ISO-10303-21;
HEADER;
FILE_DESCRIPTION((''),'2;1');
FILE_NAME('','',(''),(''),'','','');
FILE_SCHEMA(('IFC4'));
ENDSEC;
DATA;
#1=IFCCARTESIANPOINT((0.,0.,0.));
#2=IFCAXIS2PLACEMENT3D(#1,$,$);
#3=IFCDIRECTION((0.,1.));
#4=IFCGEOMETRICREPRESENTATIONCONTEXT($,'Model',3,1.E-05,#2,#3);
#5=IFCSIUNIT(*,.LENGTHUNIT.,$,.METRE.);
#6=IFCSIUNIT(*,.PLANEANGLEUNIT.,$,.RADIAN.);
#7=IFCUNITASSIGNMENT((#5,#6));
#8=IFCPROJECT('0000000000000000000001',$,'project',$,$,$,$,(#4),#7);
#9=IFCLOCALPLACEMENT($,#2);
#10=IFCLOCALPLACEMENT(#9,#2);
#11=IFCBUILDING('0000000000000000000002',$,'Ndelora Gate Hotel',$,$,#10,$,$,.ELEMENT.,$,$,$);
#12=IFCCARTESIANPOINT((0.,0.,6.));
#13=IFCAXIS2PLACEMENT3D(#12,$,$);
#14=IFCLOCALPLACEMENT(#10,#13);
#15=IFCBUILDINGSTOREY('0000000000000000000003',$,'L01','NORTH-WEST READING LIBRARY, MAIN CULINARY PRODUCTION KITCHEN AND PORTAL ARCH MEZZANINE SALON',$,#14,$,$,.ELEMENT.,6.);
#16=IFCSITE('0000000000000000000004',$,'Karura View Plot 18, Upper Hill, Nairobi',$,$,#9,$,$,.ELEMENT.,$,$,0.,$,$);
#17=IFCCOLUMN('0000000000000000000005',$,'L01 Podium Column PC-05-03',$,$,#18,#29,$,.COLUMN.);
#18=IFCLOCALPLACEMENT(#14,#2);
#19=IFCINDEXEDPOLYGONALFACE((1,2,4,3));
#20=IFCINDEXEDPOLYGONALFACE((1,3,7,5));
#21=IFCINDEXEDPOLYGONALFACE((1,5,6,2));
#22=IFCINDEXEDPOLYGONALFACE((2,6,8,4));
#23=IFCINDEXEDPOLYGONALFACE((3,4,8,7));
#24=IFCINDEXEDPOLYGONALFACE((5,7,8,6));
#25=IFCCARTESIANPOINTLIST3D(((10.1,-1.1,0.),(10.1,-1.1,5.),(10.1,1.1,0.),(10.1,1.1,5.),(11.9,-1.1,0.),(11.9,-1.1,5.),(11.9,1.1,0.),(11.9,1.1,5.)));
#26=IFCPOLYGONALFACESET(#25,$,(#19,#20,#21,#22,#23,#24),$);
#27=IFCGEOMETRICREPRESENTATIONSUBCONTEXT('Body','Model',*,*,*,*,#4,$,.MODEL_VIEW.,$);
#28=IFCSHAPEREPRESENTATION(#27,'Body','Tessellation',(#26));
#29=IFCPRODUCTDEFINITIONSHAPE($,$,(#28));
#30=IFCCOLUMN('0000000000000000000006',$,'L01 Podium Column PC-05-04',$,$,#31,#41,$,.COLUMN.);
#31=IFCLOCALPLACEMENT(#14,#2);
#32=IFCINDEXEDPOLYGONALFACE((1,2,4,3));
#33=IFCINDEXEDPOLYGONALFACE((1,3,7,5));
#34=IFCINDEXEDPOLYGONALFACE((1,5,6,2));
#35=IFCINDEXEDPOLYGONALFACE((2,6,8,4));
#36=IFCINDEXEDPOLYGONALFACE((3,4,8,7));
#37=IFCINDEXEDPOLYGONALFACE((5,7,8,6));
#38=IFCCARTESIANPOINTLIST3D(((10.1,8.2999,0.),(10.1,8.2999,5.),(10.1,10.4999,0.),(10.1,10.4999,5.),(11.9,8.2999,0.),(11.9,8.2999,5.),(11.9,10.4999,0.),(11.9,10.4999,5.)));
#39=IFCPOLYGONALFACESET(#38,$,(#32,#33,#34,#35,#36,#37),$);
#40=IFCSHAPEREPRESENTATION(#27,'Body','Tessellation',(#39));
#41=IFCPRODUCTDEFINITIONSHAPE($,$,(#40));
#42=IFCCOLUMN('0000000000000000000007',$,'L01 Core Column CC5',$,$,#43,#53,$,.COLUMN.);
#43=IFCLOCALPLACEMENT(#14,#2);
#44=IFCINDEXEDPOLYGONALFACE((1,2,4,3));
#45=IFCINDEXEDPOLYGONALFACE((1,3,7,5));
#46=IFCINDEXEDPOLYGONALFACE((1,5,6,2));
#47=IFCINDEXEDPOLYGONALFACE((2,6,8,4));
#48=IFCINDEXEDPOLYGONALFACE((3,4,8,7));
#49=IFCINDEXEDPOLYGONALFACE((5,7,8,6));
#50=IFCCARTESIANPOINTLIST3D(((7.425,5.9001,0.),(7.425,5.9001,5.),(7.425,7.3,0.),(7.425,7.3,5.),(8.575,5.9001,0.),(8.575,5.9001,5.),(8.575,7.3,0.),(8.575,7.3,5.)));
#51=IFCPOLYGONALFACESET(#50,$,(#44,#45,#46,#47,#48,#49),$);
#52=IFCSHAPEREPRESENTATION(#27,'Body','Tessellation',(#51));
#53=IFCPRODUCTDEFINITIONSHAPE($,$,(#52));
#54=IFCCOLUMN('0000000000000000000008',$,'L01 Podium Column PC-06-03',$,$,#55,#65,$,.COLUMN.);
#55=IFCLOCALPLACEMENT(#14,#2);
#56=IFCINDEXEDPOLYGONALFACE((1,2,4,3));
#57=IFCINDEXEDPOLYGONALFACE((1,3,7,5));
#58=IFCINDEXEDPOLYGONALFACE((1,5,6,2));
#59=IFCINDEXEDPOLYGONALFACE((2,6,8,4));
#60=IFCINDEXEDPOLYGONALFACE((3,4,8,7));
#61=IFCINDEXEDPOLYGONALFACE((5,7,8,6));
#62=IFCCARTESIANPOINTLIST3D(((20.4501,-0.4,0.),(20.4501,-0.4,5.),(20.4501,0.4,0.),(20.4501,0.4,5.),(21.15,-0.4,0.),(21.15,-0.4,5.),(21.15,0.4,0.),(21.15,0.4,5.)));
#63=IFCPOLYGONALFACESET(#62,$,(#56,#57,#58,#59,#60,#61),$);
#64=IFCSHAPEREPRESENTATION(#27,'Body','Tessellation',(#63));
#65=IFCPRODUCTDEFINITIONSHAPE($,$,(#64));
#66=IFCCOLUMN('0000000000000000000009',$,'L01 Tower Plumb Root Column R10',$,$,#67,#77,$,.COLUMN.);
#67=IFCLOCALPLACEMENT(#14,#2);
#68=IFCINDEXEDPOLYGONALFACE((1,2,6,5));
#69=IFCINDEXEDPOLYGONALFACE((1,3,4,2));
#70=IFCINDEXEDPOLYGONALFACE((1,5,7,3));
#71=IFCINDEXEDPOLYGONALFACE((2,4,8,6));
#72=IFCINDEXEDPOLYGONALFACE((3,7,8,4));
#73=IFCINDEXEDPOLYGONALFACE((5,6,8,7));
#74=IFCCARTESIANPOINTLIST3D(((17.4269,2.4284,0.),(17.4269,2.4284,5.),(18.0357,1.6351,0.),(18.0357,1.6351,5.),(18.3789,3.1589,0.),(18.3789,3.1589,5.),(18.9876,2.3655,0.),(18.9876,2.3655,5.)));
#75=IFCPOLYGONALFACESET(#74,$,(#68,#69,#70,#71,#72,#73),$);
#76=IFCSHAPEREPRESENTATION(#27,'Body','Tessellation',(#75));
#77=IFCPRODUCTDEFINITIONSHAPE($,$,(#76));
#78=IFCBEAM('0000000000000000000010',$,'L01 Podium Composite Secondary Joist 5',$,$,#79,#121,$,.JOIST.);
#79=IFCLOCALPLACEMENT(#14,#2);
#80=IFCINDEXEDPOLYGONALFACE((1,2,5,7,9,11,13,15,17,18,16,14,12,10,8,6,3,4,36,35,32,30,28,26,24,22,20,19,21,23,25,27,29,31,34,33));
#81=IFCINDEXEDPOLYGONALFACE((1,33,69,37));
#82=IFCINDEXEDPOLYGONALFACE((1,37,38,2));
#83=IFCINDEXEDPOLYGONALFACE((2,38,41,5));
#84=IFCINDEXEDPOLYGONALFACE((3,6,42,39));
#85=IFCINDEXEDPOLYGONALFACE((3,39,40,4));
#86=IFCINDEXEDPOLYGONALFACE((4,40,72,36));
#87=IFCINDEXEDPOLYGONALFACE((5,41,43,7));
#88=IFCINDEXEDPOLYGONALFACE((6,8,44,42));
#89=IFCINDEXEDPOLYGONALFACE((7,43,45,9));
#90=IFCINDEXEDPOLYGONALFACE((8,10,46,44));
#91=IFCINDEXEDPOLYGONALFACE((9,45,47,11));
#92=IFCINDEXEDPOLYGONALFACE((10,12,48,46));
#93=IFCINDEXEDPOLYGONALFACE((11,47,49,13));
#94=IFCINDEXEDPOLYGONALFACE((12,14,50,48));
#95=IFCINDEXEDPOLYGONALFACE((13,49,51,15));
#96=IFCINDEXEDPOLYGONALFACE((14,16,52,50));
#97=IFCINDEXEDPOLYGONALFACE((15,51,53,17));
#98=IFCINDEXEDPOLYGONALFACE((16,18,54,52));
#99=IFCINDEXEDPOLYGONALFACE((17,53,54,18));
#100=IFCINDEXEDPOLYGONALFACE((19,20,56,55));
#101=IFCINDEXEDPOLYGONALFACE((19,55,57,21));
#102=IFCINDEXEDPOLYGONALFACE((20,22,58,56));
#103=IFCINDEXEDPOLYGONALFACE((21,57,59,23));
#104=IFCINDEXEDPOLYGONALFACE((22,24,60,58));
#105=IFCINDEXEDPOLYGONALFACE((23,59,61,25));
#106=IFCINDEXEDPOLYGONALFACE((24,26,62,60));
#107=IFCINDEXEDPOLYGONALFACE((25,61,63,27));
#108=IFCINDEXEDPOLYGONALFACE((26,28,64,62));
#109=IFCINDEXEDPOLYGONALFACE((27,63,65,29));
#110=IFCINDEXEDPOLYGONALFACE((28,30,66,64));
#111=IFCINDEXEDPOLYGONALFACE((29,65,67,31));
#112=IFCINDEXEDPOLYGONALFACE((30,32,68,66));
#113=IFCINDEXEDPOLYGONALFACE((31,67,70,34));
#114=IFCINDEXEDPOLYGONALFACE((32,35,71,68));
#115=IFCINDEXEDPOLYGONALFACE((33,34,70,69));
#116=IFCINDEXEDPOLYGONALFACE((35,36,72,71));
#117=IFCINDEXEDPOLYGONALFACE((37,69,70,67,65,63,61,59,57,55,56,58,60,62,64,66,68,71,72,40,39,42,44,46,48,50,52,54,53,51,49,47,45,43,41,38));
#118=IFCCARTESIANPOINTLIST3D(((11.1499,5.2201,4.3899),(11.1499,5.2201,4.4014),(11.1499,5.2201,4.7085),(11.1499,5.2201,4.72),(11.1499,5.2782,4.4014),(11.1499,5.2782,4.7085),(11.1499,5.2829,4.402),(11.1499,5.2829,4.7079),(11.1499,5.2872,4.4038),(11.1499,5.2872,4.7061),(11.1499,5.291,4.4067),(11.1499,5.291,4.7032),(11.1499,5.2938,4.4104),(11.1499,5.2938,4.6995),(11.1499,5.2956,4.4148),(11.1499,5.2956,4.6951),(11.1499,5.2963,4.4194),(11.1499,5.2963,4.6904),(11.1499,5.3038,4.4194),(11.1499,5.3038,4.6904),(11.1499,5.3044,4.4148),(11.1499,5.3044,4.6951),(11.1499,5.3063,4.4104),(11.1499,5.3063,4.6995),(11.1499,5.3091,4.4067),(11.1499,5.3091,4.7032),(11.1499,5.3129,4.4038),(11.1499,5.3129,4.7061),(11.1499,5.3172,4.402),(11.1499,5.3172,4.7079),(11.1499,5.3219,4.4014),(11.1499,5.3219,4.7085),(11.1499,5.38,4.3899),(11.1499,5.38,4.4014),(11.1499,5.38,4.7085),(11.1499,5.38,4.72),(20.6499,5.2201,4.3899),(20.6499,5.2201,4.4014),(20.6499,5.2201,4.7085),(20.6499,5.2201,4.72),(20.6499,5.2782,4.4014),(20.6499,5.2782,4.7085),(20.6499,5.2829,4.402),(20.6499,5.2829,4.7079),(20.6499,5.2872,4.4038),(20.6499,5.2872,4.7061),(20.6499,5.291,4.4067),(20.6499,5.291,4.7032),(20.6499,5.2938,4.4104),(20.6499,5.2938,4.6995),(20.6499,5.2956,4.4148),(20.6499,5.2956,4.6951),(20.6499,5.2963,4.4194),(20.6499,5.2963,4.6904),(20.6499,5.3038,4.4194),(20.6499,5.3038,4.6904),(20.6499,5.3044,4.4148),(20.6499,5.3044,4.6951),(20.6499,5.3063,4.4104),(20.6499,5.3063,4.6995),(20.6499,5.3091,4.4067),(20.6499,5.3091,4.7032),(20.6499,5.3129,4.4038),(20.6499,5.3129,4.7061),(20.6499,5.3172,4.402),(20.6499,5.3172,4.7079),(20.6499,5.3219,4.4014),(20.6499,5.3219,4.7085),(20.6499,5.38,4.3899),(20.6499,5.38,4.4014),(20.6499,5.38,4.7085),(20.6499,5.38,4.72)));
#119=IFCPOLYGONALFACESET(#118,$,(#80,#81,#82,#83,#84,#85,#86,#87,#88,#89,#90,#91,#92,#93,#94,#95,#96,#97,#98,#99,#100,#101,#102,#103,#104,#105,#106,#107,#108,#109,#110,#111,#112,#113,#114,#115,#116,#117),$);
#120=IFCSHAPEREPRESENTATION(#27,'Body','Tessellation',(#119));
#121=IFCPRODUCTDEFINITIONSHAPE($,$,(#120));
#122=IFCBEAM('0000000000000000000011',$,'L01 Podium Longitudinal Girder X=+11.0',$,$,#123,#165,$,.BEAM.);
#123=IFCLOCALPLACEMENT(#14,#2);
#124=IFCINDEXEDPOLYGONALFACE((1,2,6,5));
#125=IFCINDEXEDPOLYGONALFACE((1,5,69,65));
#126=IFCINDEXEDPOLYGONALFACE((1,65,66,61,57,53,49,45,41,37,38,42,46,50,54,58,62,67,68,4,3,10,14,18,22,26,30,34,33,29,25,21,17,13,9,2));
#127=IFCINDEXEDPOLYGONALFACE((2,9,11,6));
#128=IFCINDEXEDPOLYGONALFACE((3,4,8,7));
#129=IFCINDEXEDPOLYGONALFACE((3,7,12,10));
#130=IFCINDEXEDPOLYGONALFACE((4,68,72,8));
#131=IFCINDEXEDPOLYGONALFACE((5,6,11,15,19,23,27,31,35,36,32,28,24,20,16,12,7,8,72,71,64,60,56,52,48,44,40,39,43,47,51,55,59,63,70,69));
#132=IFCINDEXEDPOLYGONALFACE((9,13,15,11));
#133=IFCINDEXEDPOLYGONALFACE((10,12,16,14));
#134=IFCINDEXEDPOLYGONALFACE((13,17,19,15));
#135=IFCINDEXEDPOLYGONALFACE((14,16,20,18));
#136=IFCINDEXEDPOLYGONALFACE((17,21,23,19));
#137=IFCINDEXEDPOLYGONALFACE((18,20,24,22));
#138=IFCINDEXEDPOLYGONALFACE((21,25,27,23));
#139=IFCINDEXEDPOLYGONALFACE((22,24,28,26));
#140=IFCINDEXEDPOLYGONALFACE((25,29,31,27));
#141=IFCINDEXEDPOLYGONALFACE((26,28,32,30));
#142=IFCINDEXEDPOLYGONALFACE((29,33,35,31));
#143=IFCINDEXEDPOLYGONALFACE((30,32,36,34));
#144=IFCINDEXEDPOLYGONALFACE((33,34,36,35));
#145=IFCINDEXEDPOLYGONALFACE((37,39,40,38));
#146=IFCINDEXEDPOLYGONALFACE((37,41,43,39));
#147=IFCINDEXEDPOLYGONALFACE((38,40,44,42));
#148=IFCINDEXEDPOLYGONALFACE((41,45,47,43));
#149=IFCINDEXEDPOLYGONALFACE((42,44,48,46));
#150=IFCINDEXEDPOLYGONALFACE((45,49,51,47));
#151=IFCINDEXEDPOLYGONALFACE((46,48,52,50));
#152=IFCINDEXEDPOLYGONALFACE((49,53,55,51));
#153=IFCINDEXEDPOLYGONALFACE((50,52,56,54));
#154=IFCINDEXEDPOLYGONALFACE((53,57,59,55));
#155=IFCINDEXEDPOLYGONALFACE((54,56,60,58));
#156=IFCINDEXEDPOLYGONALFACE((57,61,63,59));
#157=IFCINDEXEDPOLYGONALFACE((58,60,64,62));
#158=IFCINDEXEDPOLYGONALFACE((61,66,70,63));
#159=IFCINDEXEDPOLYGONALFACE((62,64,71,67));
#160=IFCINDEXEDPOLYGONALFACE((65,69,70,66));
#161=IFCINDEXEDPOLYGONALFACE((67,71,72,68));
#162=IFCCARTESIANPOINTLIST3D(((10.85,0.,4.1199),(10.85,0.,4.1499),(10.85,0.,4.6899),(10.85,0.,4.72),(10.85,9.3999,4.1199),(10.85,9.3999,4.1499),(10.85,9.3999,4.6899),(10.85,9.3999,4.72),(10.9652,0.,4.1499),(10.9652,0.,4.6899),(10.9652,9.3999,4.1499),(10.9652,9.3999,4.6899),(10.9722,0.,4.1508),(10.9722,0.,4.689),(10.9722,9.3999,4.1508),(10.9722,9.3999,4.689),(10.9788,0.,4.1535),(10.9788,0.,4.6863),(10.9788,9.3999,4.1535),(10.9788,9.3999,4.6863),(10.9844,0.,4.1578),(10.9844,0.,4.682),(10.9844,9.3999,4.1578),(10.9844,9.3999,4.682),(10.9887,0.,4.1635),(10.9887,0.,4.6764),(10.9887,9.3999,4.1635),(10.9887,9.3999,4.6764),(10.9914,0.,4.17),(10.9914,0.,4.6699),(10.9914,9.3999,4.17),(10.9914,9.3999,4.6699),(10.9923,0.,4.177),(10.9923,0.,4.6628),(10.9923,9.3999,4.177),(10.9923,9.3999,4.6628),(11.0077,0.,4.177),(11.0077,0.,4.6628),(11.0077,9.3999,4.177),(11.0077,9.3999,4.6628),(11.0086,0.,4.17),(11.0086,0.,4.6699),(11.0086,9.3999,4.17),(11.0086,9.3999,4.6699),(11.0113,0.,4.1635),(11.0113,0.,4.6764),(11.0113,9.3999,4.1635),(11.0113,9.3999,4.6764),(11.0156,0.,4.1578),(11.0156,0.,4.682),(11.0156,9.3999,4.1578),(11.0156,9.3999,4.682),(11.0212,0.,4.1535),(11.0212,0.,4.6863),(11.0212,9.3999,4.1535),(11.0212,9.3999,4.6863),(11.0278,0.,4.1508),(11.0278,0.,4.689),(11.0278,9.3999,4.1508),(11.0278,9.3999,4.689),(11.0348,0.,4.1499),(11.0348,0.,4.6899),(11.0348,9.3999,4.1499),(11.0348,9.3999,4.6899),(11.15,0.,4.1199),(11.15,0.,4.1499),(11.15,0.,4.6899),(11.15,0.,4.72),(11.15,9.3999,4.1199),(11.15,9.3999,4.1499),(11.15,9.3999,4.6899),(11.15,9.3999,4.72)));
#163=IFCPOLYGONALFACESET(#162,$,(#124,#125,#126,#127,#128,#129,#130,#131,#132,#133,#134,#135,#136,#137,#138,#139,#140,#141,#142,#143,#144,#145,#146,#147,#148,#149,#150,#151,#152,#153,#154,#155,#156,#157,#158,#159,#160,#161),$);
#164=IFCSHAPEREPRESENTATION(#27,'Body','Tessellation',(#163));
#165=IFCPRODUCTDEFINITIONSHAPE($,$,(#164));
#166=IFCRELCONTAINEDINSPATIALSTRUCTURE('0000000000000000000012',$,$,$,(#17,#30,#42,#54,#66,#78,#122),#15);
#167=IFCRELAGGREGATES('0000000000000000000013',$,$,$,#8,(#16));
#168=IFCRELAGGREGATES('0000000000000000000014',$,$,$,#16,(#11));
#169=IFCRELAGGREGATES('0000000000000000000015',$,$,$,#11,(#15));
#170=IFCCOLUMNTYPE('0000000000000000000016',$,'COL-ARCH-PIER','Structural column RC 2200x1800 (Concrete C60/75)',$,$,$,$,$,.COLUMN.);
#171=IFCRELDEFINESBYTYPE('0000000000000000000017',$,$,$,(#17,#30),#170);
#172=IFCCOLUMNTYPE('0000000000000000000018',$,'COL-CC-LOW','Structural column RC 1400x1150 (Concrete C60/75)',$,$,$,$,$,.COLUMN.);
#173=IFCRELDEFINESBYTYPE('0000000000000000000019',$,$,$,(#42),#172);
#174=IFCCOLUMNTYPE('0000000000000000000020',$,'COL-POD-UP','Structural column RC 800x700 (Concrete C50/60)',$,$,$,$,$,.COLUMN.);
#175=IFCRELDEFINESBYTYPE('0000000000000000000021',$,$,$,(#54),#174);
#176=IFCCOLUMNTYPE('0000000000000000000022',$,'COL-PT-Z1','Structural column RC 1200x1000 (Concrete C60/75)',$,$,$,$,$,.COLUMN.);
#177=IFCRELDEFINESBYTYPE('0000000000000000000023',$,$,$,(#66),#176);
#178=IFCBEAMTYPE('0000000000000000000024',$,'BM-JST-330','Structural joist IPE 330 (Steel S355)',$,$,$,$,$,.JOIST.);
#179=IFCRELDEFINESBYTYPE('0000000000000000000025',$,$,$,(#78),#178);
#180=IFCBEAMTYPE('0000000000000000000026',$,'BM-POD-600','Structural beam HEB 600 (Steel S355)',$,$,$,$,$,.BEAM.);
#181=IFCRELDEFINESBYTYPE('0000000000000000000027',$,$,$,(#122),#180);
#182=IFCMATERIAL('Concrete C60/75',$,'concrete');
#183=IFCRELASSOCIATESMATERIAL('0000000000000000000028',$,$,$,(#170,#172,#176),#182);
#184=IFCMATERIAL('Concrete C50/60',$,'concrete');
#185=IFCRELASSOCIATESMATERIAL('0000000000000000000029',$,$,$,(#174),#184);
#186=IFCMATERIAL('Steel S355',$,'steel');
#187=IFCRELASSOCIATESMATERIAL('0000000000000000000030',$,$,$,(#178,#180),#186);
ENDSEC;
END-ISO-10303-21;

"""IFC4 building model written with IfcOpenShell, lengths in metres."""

from ifc_helpers import new_model, si_unit, direction, frame, origin, origin_2d, place, context, subcontext, project, spatial, rectangle, i_section, extrude, material, material_profile, profile_set, type_object, element, save


model = new_model("IFC4")

# Units and contexts
model_context = context("Model", 3, precision=1e-05, world=origin(), true_north=direction((0.0, 1.0)))
body_context = subcontext(model_context, "Body", "Model", "MODEL_VIEW")
ifc_project = project(units=[si_unit("LENGTHUNIT", "METRE"), si_unit("PLANEANGLEUNIT", "RADIAN")], contexts=[model_context])

# Site, building, storey
site_placement = place(None, origin())
site = spatial("IfcSite", under=ifc_project, at=site_placement, Name="Karura View Plot 18, Upper Hill, Nairobi", CompositionType="ELEMENT", RefElevation=0.0)
building_placement = place(site_placement, origin())
building = spatial("IfcBuilding", under=site, at=building_placement, Name="Ndelora Gate Hotel", CompositionType="ELEMENT")
storey_placement = place(building_placement, frame((0.0, 0.0, 6.0)))
storey = spatial("IfcBuildingStorey", under=building, at=storey_placement, Name="L01", Description="NORTH-WEST READING LIBRARY, MAIN CULINARY PRODUCTION KITCHEN AND PORTAL ARCH MEZZANINE SALON", CompositionType="ELEMENT", Elevation=6.0)

# Columns
ifc_material_1 = material(Name="Concrete C60/75", Category="concrete")
ifc_material_profile_1 = material_profile(ifc_material_1, rectangle(XDim=1.8, YDim=2.2, at=origin_2d()), Name="RC 2200x1800")
ifc_profile_set_1 = profile_set([ifc_material_profile_1], Name="Concrete C60/75")
column_type_1 = type_object("IfcColumnType", Name="COL-ARCH-PIER", Description="Structural column RC 2200x1800 (Concrete C60/75)", PredefinedType="COLUMN", material=ifc_profile_set_1)
for number, where, z_axis, x_axis, name in (
    (1, (11.0, 0.0, 0.0), (0.0, 0.0, 1.0), (1.0, 0.0, 0.0), "L01 Podium Column PC-05-03"),
    (2, (11.0, 9.3999, 0.0), (0.0, 0.0, 1.0), (1.0, 0.0, 0.0), "L01 Podium Column PC-05-04"),
):
    element("IfcColumn", number, at=place(storey_placement, frame(where, z_axis=z_axis, x_axis=x_axis)), inside=storey, type_object=column_type_1, Name=name, PredefinedType="COLUMN", context=body_context, shape_type="SweptSolid", body=[
        extrude(rectangle(XDim=1.8, YDim=2.2, at=origin_2d()), origin(), (0.0, 0.0, 1.0), 5.0),
    ])
ifc_material_profile_2 = material_profile(ifc_material_1, rectangle(XDim=1.1499, YDim=1.3999, at=origin_2d()), Name="RC 1400x1150")
ifc_profile_set_2 = profile_set([ifc_material_profile_2], Name="Concrete C60/75")
column_type_2 = type_object("IfcColumnType", Name="COL-CC-LOW", Description="Structural column RC 1400x1150 (Concrete C60/75)", PredefinedType="COLUMN", material=ifc_profile_set_2)
column_1_placement = place(storey_placement, frame((8.0, 6.6001, 0.0), z_axis=(0.0, 0.0, 1.0), x_axis=(1.0, 0.0, 0.0)))
element("IfcColumn", 3, at=column_1_placement, inside=storey, type_object=column_type_2, Name="L01 Core Column CC5", PredefinedType="COLUMN", context=body_context, shape_type="SweptSolid", body=[
    extrude(rectangle(XDim=1.1499, YDim=1.3999, at=origin_2d()), origin(), (0.0, 0.0, 1.0), 5.0),
])
ifc_material_2 = material(Name="Concrete C50/60", Category="concrete")
ifc_material_profile_3 = material_profile(ifc_material_2, rectangle(XDim=0.7, YDim=0.8, at=origin_2d()), Name="RC 800x700")
ifc_profile_set_3 = profile_set([ifc_material_profile_3], Name="Concrete C50/60")
column_type_3 = type_object("IfcColumnType", Name="COL-POD-UP", Description="Structural column RC 800x700 (Concrete C50/60)", PredefinedType="COLUMN", material=ifc_profile_set_3)
column_2_placement = place(storey_placement, frame((20.8, 0.0, 0.0), z_axis=(0.0, 0.0, 1.0), x_axis=(1.0, 0.0, 0.0)))
element("IfcColumn", 4, at=column_2_placement, inside=storey, type_object=column_type_3, Name="L01 Podium Column PC-06-03", PredefinedType="COLUMN", context=body_context, shape_type="SweptSolid", body=[
    extrude(rectangle(XDim=0.7, YDim=0.8, at=origin_2d()), origin(), (0.0, 0.0, 1.0), 5.0),
])
ifc_material_profile_4 = material_profile(ifc_material_1, rectangle(XDim=1.0, YDim=1.2, at=origin_2d()), Name="RC 1200x1000")
ifc_profile_set_4 = profile_set([ifc_material_profile_4], Name="Concrete C60/75")
column_type_4 = type_object("IfcColumnType", Name="COL-PT-Z1", Description="Structural column RC 1200x1000 (Concrete C60/75)", PredefinedType="COLUMN", material=ifc_profile_set_4)
column_3_placement = place(storey_placement, frame((18.2073, 2.397, 0.0), z_axis=(0.0, 0.0, 1.0), x_axis=(-0.608761, 0.793353, 0.0)))
element("IfcColumn", 5, at=column_3_placement, inside=storey, type_object=column_type_4, Name="L01 Tower Plumb Root Column R10", PredefinedType="COLUMN", context=body_context, shape_type="SweptSolid", body=[
    extrude(rectangle(XDim=1.0, YDim=1.2, at=origin_2d()), origin(), (0.0, 0.0, 1.0), 5.0),
])

# Beams
ifc_material_3 = material(Name="Steel S355", Category="steel")
ifc_material_profile_5 = material_profile(ifc_material_3, i_section(OverallWidth=0.1599, OverallDepth=0.3301, WebThickness=0.0076, FlangeThickness=0.0115, FilletRadius=0.0181, at=origin_2d()), Name="IPE 330")
ifc_profile_set_5 = profile_set([ifc_material_profile_5], Name="Steel S355")
beam_type_1 = type_object("IfcBeamType", Name="BM-JST-330", Description="Structural joist IPE 330 (Steel S355)", PredefinedType="JOIST", material=ifc_profile_set_5)
beam_1_placement = place(storey_placement, frame((11.1499, 5.3, 4.5549), z_axis=(1.0, 0.0, 0.0), x_axis=(0.0, 1.0, 0.0)))
element("IfcBeam", 6, at=beam_1_placement, inside=storey, type_object=beam_type_1, Name="L01 Podium Composite Secondary Joist 5", PredefinedType="JOIST", context=body_context, shape_type="SweptSolid", body=[
    extrude(i_section(OverallWidth=0.1599, OverallDepth=0.3301, WebThickness=0.0076, FlangeThickness=0.0115, FilletRadius=0.0181, at=origin_2d()), origin(), (0.0, 0.0, 1.0), 9.5),
])
ifc_material_profile_6 = material_profile(ifc_material_3, i_section(OverallWidth=0.3, OverallDepth=0.6001, WebThickness=0.0154, FlangeThickness=0.03, FilletRadius=0.0271, at=origin_2d()), Name="HEB 600")
ifc_profile_set_6 = profile_set([ifc_material_profile_6], Name="Steel S355")
beam_type_2 = type_object("IfcBeamType", Name="BM-POD-600", Description="Structural beam HEB 600 (Steel S355)", PredefinedType="BEAM", material=ifc_profile_set_6)
beam_2_placement = place(storey_placement, frame((11.0, 0.0, 4.4199), z_axis=(0.0, 1.0, 0.0), x_axis=(-1.0, 0.0, 0.0)))
element("IfcBeam", 7, at=beam_2_placement, inside=storey, type_object=beam_type_2, Name="L01 Podium Longitudinal Girder X=+11.0", PredefinedType="BEAM", context=body_context, shape_type="SweptSolid", body=[
    extrude(i_section(OverallWidth=0.3, OverallDepth=0.6001, WebThickness=0.0154, FlangeThickness=0.03, FilletRadius=0.0271, at=origin_2d()), origin(), (0.0, 0.0, 1.0), 9.3999),
])

save(model, "model.ifc")
